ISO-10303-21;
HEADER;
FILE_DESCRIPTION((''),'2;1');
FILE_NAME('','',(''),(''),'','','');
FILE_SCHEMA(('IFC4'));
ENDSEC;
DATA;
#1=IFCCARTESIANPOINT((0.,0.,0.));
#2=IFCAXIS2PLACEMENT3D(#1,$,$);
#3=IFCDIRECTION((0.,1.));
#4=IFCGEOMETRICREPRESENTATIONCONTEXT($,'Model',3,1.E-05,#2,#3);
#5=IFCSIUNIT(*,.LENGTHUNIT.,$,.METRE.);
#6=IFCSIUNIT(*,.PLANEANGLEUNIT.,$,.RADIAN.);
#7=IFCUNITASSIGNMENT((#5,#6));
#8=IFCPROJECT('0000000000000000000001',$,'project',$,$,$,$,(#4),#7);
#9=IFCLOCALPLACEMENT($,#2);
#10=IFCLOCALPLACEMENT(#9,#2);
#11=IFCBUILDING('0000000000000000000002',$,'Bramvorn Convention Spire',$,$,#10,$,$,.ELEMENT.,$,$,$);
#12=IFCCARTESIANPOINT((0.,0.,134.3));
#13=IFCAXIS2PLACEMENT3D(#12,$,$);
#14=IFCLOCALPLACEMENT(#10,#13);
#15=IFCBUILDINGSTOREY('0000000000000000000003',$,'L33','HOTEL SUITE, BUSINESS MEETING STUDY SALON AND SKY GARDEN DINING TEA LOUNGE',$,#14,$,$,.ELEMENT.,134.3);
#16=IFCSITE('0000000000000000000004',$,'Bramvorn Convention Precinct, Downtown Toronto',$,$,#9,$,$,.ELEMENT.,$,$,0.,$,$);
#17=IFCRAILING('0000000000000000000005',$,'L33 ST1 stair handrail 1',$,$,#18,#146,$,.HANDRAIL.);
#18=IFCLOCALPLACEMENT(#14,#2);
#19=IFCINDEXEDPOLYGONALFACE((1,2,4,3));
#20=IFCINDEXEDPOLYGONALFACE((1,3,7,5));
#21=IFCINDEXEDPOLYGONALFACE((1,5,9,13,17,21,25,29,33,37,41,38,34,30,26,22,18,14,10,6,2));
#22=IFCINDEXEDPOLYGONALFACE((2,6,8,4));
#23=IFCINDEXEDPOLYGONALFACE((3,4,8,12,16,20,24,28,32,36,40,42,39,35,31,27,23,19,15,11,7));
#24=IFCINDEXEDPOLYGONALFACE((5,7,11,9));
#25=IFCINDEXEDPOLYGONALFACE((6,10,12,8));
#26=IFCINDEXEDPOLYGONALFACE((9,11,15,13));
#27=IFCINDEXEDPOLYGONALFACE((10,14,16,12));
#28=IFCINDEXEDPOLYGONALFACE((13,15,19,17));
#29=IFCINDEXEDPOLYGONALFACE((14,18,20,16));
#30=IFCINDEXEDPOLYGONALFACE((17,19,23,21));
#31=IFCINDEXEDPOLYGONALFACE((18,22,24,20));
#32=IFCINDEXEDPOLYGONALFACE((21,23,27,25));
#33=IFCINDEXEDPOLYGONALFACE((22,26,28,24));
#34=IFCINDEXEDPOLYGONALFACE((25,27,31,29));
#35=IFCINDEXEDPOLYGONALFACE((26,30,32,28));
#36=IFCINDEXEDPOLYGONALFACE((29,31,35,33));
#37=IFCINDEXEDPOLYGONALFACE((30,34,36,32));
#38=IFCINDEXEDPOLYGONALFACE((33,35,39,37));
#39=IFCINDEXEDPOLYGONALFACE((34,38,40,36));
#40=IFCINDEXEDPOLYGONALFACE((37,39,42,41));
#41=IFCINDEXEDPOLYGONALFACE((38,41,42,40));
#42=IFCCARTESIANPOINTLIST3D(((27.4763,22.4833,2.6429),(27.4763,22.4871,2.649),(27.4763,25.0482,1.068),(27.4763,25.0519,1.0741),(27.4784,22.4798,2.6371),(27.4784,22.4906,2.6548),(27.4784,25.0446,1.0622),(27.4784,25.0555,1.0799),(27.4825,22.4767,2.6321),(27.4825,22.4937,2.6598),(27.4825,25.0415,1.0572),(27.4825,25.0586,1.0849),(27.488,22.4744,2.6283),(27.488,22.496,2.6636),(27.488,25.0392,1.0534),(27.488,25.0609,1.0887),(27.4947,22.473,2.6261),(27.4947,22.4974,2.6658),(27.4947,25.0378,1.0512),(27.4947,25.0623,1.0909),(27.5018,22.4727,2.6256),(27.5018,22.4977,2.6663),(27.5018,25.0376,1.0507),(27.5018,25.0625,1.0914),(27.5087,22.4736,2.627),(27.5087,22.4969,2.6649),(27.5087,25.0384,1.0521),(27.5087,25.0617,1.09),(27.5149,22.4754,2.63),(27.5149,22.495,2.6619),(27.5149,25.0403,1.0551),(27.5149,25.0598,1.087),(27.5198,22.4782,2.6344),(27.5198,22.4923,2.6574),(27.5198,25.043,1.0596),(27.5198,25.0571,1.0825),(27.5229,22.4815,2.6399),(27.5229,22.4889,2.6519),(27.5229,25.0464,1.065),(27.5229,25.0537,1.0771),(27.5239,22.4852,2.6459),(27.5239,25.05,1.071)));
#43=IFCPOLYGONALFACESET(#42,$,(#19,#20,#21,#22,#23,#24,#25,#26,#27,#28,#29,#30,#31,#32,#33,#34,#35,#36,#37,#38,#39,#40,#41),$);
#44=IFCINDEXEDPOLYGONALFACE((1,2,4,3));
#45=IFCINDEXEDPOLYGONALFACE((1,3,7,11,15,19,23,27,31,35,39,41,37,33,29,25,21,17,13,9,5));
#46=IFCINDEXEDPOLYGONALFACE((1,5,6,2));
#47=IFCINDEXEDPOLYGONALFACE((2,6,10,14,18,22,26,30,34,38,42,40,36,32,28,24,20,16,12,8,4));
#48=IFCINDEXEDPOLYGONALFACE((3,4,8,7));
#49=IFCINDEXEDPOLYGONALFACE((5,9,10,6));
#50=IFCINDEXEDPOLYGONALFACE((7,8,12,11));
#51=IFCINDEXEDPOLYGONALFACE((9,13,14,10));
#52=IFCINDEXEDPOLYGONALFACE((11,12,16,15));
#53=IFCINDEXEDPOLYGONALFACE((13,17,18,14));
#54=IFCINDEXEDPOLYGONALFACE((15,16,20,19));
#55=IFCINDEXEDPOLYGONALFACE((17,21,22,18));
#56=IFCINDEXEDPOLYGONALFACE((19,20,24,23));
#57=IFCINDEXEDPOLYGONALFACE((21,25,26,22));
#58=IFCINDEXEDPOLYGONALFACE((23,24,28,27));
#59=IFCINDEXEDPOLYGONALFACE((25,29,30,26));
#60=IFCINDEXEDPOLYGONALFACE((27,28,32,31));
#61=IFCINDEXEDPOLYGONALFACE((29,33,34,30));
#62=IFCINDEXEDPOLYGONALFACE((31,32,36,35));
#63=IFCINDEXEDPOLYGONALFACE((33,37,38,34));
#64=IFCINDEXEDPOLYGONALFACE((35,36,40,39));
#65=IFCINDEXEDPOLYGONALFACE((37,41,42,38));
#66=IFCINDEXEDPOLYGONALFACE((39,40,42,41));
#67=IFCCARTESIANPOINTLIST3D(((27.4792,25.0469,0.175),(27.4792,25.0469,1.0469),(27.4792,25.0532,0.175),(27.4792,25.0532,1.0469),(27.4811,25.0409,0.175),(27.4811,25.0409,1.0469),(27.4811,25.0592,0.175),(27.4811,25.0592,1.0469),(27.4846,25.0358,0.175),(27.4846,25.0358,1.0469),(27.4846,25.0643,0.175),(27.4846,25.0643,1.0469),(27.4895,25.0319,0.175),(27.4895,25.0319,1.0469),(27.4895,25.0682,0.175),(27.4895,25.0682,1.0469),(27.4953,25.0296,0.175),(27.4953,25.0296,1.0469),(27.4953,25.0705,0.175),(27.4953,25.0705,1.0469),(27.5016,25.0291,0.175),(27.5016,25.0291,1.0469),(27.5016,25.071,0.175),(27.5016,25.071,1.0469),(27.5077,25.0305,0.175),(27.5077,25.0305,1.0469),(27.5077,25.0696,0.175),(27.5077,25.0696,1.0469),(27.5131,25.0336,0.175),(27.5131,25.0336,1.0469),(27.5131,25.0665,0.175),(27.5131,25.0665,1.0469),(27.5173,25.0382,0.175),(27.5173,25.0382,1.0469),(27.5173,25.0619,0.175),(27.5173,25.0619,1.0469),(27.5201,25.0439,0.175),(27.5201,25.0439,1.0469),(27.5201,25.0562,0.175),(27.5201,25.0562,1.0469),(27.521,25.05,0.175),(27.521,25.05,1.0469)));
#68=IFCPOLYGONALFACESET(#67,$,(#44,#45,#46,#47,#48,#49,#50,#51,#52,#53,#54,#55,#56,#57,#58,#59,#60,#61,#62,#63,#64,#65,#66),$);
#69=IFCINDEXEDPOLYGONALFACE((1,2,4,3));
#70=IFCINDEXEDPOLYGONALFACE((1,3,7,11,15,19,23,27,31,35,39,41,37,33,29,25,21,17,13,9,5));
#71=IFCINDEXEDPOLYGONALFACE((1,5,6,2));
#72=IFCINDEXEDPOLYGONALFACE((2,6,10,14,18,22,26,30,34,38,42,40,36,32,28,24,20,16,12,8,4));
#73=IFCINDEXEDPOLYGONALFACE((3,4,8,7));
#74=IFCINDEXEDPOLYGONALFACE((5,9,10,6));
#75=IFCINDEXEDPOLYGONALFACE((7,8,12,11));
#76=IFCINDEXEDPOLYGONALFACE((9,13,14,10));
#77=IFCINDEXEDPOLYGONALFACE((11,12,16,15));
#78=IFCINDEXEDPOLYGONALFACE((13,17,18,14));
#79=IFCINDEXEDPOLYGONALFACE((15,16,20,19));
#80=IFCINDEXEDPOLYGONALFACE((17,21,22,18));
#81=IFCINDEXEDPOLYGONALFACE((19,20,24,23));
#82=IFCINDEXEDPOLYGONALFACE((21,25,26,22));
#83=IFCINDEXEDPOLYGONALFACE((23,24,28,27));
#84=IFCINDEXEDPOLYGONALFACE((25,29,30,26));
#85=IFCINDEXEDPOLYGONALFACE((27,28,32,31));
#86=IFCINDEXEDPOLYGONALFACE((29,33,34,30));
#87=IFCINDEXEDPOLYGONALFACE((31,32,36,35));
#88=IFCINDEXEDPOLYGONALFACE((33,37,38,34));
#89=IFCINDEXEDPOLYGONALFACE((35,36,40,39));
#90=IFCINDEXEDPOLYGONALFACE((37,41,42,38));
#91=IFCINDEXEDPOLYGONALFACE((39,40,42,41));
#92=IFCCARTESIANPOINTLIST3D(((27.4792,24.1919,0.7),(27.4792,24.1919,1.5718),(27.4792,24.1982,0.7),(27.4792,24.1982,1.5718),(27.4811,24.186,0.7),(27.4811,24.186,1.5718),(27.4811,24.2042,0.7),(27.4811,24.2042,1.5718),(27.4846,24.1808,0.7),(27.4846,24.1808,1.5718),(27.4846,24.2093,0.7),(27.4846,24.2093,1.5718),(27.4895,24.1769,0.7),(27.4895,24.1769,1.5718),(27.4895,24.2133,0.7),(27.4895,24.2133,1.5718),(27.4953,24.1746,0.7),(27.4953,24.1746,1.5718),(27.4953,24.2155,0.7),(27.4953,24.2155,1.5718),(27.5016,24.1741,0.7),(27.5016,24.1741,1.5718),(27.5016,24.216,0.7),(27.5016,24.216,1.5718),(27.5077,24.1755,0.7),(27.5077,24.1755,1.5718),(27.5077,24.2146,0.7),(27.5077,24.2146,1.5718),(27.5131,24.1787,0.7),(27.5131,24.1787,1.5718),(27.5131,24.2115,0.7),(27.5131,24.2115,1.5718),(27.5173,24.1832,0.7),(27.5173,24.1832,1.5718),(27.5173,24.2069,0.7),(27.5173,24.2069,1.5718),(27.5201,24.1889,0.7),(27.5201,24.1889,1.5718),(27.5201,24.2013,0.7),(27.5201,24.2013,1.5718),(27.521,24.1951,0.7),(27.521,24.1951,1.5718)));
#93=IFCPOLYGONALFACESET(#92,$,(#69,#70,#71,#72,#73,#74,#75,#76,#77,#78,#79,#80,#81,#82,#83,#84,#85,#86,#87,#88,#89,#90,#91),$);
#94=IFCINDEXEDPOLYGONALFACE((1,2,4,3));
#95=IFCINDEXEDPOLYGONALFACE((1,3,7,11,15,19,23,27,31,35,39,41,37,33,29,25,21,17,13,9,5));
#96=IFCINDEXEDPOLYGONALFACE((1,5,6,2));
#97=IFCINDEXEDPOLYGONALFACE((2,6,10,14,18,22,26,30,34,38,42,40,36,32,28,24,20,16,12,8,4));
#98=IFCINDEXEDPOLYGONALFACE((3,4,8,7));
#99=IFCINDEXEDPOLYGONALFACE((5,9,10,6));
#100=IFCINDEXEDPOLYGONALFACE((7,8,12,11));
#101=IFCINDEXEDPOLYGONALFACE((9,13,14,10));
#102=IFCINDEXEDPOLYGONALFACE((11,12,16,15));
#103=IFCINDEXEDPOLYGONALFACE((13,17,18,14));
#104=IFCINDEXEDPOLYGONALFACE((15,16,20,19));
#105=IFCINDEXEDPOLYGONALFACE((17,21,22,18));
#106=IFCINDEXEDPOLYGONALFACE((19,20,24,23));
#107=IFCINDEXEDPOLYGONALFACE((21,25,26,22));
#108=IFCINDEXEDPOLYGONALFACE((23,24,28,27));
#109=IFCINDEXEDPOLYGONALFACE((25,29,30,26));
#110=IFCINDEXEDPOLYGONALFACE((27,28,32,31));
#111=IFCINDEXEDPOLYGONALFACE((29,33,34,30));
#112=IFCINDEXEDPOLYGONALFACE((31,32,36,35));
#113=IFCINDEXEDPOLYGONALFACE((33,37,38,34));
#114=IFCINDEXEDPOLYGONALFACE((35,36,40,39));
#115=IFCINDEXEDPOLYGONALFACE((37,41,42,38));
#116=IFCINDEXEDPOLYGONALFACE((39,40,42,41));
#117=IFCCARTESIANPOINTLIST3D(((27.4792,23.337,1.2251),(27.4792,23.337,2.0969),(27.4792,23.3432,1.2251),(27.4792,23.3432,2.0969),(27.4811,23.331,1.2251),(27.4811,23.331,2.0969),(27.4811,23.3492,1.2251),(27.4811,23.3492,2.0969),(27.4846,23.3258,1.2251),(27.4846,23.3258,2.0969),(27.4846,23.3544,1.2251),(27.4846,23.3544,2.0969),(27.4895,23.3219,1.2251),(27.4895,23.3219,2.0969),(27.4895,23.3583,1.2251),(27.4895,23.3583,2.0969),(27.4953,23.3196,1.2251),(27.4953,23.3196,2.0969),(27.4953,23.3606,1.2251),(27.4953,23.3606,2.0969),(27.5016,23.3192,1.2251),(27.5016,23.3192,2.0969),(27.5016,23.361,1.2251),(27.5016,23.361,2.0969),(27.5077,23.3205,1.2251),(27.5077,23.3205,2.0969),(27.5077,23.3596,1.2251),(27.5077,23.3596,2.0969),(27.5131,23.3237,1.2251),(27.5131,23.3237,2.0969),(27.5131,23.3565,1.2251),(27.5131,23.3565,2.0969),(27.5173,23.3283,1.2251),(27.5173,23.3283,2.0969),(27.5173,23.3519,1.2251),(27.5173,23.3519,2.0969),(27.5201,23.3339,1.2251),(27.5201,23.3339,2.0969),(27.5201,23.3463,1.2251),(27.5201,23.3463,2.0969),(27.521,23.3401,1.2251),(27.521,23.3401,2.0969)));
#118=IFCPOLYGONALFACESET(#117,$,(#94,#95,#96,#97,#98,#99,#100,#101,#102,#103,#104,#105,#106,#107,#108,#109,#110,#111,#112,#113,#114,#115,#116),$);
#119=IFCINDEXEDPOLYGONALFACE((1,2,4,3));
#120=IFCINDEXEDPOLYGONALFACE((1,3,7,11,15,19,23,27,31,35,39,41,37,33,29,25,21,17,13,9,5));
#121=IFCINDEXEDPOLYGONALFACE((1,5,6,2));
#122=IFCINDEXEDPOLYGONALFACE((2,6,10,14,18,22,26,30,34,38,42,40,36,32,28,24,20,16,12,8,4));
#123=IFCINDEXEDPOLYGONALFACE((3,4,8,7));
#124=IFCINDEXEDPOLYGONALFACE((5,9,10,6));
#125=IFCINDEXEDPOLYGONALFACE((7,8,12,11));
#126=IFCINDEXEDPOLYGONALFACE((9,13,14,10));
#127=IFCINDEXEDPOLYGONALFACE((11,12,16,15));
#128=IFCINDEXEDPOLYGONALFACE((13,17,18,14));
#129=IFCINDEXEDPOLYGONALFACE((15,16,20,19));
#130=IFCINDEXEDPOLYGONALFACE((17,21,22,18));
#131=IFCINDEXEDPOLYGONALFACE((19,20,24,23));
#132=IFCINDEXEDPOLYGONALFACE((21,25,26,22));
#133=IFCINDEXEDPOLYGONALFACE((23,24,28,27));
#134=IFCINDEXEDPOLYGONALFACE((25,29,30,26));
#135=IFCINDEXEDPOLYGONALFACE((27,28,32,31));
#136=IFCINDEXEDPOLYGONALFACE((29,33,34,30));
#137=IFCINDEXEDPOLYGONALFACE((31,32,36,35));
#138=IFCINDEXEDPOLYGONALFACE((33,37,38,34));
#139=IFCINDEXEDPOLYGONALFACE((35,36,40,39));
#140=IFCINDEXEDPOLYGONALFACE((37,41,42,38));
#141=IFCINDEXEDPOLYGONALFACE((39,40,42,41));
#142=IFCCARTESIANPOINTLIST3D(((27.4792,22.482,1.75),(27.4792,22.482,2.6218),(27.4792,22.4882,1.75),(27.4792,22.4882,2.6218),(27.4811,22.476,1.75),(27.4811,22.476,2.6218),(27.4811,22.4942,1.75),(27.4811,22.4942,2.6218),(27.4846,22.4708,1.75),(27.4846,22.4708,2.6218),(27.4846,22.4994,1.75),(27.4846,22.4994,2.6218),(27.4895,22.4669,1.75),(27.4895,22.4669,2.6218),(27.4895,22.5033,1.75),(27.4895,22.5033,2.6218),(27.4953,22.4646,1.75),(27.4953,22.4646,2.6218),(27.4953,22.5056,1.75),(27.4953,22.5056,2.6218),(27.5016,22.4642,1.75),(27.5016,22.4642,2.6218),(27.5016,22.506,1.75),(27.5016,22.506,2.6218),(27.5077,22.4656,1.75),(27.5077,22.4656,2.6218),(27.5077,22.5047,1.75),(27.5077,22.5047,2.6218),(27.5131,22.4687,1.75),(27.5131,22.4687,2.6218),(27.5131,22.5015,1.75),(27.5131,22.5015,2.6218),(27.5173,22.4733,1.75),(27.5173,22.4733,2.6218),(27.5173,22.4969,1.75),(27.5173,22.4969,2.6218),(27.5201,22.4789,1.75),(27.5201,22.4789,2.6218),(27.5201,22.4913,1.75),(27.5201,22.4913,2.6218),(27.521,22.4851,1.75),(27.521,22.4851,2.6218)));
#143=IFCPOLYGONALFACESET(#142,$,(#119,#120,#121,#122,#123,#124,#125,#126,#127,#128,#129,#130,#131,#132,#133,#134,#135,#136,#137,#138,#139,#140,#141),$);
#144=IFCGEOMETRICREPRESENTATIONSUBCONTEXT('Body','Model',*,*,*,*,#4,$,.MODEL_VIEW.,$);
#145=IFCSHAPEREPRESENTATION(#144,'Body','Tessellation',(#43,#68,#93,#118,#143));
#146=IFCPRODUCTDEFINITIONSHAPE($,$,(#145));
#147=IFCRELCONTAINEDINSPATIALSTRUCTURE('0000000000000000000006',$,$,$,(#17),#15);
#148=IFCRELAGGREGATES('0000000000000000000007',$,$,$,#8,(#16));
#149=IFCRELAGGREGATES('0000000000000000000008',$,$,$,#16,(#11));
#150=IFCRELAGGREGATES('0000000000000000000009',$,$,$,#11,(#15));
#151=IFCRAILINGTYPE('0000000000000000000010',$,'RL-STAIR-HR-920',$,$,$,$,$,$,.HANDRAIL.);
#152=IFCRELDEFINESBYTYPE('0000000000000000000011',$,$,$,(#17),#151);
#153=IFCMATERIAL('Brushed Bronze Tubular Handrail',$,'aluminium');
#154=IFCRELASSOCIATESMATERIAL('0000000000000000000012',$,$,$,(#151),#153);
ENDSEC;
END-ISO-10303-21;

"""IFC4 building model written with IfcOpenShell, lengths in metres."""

from ifc_helpers import new_model, si_unit, direction, frame, origin, origin_2d, place, context, subcontext, project, spatial, circle, extrude, material, type_object, element, save


model = new_model("IFC4")

# Units and contexts
model_context = context("Model", 3, precision=1e-05, world=origin(), true_north=direction((0.0, 1.0)))
body_context = subcontext(model_context, "Body", "Model", "MODEL_VIEW")
ifc_project = project(units=[si_unit("LENGTHUNIT", "METRE"), si_unit("PLANEANGLEUNIT", "RADIAN")], contexts=[model_context])

# Site, building, storey
site_placement = place(None, origin())
site = spatial("IfcSite", under=ifc_project, at=site_placement, Name="Bramvorn Convention Precinct, Downtown Toronto", CompositionType="ELEMENT", RefElevation=0.0)
building_placement = place(site_placement, origin())
building = spatial("IfcBuilding", under=site, at=building_placement, Name="Bramvorn Convention Spire", CompositionType="ELEMENT")
storey_placement = place(building_placement, frame((0.0, 0.0, 134.3)))
storey = spatial("IfcBuildingStorey", under=building, at=storey_placement, Name="L33", Description="HOTEL SUITE, BUSINESS MEETING STUDY SALON AND SKY GARDEN DINING TEA LOUNGE", CompositionType="ELEMENT", Elevation=134.3)

# Railing
ifc_material_1 = material(Name="Brushed Bronze Tubular Handrail", Category="aluminium")
railing_type_1 = type_object("IfcRailingType", Name="RL-STAIR-HR-920", PredefinedType="HANDRAIL", material=ifc_material_1)
railing_1_placement = place(storey_placement, frame((27.5, 25.05, 0.175)))
element("IfcRailing", 1, at=railing_1_placement, inside=storey, type_object=railing_type_1, Name="L33 ST1 stair handrail 1", PredefinedType="HANDRAIL", context=body_context, shape_type="SweptSolid", body=[
    extrude(circle(Radius=0.0239, at=origin_2d()), frame((0.0, 0.0, 0.896), z_axis=(0.0, -0.852173, 0.52326), x_axis=(1.0, 0.0, 0.0)), (0.0, 0.0, 1.0), 3.0098),
    extrude(circle(Radius=0.021, at=origin_2d()), origin(), (0.0, 0.0, 1.0), 0.8718),
    extrude(circle(Radius=0.021, at=origin_2d()), frame((0.0, -0.855, 0.5249)), (0.0, 0.0, 1.0), 0.8718),
    extrude(circle(Radius=0.021, at=origin_2d()), frame((0.0, -1.71, 1.05)), (0.0, 0.0, 1.0), 0.8718),
    extrude(circle(Radius=0.021, at=origin_2d()), frame((0.0, -2.5649, 1.575)), (0.0, 0.0, 1.0), 0.8718),
])

save(model, "model.ifc")
